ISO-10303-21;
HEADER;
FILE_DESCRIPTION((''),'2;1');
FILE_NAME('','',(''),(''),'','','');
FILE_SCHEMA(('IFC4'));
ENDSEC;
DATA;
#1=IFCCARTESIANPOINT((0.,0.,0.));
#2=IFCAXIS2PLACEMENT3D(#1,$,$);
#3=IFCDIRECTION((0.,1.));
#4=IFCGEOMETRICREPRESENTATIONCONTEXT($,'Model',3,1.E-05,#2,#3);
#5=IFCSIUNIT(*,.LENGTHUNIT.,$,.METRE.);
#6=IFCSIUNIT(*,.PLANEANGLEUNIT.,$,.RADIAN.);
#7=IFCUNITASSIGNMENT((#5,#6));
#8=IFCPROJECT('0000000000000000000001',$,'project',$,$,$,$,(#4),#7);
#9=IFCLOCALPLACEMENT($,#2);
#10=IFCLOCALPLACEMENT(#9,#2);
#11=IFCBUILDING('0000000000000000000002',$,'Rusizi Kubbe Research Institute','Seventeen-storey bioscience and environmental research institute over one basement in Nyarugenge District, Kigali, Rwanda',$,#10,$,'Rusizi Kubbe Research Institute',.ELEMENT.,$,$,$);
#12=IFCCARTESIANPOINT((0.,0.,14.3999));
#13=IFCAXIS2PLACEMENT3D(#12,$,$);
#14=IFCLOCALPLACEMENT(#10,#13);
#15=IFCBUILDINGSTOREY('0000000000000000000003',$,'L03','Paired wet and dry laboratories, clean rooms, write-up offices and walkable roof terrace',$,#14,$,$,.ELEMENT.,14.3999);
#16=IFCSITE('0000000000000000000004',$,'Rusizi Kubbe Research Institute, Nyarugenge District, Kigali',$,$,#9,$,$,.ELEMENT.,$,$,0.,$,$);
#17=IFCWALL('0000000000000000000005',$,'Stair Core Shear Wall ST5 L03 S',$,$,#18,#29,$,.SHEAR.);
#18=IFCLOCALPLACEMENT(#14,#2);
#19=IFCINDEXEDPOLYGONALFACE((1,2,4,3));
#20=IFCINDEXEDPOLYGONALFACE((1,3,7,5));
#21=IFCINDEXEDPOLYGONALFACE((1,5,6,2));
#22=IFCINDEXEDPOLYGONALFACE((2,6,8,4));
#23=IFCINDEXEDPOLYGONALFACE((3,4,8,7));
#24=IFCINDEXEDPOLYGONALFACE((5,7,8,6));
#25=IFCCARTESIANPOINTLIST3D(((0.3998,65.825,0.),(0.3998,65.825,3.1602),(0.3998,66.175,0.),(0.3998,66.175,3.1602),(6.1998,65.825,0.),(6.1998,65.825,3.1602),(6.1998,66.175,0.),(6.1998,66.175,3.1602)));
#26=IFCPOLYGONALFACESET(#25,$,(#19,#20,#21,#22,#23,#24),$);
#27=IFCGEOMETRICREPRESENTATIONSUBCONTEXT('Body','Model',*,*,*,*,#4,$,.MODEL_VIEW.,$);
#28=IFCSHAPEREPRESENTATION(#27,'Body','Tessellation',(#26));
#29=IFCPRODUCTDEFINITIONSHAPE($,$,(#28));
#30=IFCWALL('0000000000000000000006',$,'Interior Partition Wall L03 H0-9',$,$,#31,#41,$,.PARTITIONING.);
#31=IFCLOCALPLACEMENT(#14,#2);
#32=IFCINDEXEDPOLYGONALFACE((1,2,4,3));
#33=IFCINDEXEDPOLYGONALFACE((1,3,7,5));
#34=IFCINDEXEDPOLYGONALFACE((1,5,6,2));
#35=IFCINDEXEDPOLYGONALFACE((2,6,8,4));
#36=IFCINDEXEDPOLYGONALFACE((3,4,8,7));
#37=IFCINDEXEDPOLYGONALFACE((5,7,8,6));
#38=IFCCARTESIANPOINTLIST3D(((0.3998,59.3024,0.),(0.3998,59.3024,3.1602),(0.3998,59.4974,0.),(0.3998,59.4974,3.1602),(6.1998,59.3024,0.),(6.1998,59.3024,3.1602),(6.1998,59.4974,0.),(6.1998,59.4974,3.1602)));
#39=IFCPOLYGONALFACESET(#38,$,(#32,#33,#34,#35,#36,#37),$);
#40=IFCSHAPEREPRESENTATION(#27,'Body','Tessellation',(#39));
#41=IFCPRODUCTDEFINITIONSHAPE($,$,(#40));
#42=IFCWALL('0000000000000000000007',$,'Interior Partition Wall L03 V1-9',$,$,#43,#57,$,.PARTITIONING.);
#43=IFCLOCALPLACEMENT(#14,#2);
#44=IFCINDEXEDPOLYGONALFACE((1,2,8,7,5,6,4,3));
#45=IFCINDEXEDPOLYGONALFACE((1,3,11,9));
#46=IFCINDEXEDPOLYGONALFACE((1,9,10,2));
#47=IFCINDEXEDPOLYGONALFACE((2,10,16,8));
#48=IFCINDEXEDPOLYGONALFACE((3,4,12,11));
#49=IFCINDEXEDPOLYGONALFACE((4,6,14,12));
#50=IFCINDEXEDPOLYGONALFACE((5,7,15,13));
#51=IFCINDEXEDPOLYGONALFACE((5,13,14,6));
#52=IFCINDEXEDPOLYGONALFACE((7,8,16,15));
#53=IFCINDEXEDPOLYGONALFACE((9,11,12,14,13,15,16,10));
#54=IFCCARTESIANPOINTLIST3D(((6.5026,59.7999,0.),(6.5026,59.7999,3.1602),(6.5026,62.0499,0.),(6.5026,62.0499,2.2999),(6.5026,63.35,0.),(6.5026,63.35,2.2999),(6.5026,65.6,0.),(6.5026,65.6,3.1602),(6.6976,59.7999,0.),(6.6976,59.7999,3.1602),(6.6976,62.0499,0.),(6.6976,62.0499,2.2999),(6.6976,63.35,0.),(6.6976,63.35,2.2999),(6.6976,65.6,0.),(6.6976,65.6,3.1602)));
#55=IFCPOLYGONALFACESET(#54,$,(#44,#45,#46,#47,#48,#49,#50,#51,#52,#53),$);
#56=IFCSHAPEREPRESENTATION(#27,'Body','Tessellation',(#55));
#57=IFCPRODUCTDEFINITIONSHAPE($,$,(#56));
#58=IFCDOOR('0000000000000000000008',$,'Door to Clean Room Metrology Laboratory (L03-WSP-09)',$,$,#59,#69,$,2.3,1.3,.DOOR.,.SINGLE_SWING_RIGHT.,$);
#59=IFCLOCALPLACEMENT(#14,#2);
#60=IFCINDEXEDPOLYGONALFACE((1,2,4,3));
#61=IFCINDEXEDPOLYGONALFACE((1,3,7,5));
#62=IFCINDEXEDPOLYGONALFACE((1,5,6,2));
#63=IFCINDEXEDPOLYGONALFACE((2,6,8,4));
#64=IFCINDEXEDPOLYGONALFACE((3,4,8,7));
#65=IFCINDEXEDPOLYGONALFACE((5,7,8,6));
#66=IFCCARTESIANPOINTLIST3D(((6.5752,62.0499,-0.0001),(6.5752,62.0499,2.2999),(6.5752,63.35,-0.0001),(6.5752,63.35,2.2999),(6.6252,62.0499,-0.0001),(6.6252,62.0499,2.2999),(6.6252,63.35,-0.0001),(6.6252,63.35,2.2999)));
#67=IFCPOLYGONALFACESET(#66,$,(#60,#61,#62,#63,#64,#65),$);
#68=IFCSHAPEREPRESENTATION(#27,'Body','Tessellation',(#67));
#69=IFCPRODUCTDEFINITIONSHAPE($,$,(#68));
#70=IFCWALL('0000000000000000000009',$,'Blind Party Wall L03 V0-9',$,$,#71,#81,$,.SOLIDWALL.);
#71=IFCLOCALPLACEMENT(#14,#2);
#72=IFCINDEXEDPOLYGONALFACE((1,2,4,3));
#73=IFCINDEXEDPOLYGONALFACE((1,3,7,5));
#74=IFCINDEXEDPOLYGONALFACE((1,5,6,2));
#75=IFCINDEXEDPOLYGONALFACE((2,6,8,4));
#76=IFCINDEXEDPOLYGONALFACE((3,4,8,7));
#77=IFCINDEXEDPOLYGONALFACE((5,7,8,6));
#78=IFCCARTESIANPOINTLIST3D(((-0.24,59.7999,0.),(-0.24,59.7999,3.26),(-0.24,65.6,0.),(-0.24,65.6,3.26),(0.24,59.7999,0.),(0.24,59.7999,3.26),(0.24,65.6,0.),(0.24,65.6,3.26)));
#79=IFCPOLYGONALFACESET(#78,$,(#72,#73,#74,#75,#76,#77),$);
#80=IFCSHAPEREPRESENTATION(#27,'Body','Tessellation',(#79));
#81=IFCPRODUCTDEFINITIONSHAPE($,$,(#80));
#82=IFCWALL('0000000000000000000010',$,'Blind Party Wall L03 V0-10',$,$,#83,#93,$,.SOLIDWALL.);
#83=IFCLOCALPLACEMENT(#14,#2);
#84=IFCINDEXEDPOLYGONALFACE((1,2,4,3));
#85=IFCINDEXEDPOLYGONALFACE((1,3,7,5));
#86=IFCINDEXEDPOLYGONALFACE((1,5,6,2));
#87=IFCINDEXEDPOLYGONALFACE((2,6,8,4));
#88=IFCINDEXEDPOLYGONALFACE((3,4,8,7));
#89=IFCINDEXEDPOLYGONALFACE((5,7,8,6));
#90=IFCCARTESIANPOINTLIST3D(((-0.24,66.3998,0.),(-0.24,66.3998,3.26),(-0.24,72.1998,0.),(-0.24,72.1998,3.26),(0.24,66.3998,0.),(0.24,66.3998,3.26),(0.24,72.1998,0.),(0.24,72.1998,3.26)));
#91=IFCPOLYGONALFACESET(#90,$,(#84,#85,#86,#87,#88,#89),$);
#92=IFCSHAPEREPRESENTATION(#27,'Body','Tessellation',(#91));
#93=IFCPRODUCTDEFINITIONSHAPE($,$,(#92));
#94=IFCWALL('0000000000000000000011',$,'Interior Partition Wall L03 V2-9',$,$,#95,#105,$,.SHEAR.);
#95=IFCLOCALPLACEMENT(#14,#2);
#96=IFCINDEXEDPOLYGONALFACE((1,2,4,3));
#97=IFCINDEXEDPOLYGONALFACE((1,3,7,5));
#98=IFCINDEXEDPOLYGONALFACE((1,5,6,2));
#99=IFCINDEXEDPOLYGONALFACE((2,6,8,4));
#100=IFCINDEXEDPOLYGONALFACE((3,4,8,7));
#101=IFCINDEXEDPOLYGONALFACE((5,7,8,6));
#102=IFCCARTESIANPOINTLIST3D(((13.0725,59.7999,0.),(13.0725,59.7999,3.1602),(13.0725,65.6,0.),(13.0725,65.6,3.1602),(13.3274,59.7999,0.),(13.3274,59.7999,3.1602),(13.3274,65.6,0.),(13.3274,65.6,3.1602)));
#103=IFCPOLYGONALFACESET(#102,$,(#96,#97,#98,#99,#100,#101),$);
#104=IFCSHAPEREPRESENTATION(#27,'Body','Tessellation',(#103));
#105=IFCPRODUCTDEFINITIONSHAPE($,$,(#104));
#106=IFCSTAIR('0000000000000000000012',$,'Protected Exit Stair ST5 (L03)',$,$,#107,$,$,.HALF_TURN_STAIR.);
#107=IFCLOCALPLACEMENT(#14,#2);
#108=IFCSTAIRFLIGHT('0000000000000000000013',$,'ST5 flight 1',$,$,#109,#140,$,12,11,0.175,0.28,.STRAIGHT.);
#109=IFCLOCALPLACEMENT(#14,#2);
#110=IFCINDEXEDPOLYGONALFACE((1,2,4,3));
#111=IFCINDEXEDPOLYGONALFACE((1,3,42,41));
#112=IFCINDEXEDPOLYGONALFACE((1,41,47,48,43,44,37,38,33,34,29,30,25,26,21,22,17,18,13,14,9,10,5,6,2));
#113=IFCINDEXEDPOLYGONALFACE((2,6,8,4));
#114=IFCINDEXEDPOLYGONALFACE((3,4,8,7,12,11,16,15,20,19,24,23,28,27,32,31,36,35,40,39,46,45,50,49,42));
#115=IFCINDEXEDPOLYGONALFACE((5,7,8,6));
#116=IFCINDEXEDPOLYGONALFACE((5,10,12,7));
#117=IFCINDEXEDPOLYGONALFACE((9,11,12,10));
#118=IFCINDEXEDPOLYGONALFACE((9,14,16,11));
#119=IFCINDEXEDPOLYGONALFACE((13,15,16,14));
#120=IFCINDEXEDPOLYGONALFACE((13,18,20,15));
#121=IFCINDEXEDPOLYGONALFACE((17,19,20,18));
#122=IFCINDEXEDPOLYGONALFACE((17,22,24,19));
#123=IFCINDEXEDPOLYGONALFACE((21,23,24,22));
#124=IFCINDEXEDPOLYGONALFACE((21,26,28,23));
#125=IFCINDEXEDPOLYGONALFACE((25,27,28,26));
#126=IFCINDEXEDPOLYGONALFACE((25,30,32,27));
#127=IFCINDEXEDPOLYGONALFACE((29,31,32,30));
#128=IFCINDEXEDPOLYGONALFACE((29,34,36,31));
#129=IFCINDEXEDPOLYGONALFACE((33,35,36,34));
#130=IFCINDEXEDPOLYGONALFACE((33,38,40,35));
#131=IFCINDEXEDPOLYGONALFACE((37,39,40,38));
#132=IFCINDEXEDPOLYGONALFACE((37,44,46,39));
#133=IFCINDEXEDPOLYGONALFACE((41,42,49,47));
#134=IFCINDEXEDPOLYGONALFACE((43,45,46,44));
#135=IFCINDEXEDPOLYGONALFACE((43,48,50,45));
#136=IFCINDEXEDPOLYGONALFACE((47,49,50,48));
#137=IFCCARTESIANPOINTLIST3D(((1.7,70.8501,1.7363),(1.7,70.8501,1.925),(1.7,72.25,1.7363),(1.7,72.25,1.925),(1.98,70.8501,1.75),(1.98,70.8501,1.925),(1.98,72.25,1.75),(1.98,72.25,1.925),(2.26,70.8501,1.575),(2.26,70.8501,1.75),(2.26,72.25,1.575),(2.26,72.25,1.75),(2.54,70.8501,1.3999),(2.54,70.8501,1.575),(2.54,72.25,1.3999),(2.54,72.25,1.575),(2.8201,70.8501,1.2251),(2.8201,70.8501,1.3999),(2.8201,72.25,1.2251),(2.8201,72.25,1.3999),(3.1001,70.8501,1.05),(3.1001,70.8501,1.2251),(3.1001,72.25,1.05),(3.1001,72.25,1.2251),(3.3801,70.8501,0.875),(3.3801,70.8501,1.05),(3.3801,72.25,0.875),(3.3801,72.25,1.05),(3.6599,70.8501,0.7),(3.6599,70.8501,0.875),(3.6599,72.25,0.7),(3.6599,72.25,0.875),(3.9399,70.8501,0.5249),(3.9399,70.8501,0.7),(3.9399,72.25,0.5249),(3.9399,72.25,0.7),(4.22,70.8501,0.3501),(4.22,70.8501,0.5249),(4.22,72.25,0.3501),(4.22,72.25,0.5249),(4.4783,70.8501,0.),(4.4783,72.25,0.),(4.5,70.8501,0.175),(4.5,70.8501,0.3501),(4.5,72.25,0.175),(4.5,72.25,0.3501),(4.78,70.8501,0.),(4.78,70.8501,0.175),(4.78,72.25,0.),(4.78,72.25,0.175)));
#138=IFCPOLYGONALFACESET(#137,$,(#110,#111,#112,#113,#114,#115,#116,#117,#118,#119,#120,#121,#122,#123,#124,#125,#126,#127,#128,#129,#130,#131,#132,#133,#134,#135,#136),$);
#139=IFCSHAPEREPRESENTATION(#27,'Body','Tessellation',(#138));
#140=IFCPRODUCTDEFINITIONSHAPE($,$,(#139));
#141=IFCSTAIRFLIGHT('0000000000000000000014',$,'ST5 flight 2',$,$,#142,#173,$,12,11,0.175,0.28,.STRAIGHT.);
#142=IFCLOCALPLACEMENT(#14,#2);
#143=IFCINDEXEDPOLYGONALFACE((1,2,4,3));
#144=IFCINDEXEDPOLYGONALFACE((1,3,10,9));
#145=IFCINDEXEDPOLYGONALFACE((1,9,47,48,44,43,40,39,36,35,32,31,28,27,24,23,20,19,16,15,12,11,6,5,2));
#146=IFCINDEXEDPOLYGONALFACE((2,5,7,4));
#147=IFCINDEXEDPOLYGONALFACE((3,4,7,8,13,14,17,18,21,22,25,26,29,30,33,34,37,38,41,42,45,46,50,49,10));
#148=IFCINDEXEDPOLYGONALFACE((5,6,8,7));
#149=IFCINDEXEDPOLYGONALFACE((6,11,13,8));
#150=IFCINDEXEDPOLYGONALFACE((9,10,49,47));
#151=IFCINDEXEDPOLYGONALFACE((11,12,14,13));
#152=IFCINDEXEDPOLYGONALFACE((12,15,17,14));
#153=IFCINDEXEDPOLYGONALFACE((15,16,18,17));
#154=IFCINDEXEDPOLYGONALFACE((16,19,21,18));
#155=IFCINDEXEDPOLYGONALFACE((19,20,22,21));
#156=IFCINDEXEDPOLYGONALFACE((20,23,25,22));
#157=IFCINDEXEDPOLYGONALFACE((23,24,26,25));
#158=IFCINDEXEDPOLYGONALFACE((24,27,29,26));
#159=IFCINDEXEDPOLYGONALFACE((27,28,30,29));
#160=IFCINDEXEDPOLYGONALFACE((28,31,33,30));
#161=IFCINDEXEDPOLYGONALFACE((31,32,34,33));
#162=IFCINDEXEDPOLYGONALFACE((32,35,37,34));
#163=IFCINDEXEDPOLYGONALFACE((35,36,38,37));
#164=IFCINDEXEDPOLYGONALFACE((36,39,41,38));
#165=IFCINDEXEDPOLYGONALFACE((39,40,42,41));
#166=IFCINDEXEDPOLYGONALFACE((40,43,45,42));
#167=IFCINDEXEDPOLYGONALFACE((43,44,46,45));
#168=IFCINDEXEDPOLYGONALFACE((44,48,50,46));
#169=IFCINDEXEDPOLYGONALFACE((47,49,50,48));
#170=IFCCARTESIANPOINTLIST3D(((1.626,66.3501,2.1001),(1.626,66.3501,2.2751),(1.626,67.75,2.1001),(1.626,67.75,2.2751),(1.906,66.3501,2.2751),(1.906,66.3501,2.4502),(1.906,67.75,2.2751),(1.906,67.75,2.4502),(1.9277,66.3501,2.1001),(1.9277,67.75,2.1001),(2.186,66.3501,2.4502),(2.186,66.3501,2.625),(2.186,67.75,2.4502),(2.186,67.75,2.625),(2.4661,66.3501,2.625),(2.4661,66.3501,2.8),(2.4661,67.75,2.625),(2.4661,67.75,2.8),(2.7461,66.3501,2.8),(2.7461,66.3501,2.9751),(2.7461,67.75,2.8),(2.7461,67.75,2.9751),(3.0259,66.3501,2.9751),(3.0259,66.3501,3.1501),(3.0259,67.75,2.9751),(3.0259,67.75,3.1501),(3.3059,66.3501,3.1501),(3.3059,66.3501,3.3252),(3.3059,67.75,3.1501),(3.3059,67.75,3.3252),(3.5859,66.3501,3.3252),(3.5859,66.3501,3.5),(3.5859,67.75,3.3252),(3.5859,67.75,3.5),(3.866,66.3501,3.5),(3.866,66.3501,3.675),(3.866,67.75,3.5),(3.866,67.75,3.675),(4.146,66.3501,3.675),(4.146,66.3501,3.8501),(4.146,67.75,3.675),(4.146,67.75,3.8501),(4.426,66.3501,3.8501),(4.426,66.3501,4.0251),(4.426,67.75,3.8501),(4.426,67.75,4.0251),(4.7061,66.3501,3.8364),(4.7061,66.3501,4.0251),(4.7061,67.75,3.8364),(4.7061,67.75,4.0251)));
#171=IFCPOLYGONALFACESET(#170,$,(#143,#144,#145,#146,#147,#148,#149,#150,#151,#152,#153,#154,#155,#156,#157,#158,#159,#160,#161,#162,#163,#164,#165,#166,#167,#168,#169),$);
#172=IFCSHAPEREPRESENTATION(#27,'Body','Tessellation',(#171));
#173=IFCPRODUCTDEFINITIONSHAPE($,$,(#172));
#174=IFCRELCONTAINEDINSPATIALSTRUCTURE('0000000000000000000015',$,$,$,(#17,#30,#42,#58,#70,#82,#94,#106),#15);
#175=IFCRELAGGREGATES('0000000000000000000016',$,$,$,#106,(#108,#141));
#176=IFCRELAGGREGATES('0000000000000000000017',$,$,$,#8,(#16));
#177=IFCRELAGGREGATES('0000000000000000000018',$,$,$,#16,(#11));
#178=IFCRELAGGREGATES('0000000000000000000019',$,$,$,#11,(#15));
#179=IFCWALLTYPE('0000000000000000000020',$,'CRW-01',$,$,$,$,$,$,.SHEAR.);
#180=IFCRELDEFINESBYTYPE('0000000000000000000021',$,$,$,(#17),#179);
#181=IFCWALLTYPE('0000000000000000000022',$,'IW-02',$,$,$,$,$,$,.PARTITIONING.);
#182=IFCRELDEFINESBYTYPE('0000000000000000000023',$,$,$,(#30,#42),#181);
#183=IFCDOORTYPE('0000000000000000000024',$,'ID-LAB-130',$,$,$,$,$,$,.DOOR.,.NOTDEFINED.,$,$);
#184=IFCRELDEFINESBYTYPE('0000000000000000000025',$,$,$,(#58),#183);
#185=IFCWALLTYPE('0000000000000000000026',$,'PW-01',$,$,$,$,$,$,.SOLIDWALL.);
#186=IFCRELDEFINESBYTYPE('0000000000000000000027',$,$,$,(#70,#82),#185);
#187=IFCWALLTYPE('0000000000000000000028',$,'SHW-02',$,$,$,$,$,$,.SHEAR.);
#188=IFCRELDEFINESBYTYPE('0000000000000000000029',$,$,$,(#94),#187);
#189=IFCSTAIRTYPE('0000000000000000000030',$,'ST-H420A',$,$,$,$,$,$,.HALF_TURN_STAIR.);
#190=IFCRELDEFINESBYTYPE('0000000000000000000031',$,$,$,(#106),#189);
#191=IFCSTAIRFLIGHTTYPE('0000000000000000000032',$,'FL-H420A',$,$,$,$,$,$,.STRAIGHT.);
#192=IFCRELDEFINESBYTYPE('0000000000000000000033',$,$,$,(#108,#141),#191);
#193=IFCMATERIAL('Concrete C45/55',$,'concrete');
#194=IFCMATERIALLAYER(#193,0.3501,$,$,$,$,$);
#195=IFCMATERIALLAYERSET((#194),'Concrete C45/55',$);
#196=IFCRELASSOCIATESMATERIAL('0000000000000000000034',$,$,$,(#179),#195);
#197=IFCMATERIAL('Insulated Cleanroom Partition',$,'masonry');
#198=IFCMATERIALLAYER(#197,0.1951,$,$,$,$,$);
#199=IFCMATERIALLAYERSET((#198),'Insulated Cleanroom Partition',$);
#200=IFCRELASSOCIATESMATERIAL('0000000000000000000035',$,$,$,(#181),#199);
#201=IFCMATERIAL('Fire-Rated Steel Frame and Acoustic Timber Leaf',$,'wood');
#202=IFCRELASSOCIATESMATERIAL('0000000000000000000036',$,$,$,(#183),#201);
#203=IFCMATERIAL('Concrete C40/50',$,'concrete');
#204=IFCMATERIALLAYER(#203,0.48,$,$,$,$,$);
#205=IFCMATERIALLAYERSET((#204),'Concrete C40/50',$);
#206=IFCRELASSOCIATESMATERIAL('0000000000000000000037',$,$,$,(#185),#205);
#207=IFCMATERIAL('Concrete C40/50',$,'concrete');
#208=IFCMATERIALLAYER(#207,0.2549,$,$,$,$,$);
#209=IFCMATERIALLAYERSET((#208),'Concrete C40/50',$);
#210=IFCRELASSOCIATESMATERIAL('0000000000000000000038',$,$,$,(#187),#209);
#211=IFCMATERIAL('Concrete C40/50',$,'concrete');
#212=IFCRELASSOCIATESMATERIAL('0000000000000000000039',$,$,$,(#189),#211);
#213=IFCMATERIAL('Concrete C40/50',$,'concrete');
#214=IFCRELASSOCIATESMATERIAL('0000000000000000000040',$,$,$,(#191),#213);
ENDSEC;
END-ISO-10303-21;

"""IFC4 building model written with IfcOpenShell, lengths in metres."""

from ifc_helpers import new_model, si_unit, direction, frame, frame_2d, origin, place, context, subcontext, project, spatial, polyline, rectangle, outline, extrude, material, layer, layer_set, type_object, element, fill, aggregate, save


model = new_model("IFC4")

# Units and contexts
model_context = context("Model", 3, precision=1e-05, world=origin(), true_north=direction((0.0, 1.0)))
body_context = subcontext(model_context, "Body", "Model", "MODEL_VIEW")
ifc_project = project(units=[si_unit("LENGTHUNIT", "METRE"), si_unit("PLANEANGLEUNIT", "RADIAN")], contexts=[model_context])

# Site, building, storey
site_placement = place(None, origin())
site = spatial("IfcSite", under=ifc_project, at=site_placement, Name="Rusizi Kubbe Research Institute, Nyarugenge District, Kigali", CompositionType="ELEMENT", RefElevation=0.0)
building_placement = place(site_placement, origin())
building = spatial("IfcBuilding", under=site, at=building_placement, Name="Rusizi Kubbe Research Institute", Description="Seventeen-storey bioscience and environmental research institute over one basement in Nyarugenge District, Kigali, Rwanda", LongName="Rusizi Kubbe Research Institute", CompositionType="ELEMENT")
storey_placement = place(building_placement, frame((0.0, 0.0, 14.3999)))
storey = spatial("IfcBuildingStorey", under=building, at=storey_placement, Name="L03", Description="Paired wet and dry laboratories, clean rooms, write-up offices and walkable roof terrace", CompositionType="ELEMENT", Elevation=14.3999)

# Wall
ifc_material_1 = material(Name="Concrete C45/55", Category="concrete")
ifc_layer_1 = layer(ifc_material_1, 0.3501)
ifc_layer_set_1 = layer_set([ifc_layer_1], Name="Concrete C45/55")
wall_type_1 = type_object("IfcWallType", Name="CRW-01", PredefinedType="SHEAR", material=ifc_layer_set_1)
wall_1_placement = place(storey_placement, frame((0.3999, 66.0, 0.0), z_axis=(0.0, 0.0, 1.0), x_axis=(1.0, 0.0, 0.0)))
element("IfcWall", 1, at=wall_1_placement, inside=storey, type_object=wall_type_1, Name="Stair Core Shear Wall ST5 L03 S", PredefinedType="SHEAR", context=body_context, shape_type="SweptSolid", body=[
    extrude(rectangle(XDim=5.8, YDim=0.3501, at=frame_2d((2.8999, 0.0))), origin(), (0.0, 0.0, 1.0), 3.1602),
])

# Wall
ifc_material_2 = material(Name="Insulated Cleanroom Partition", Category="masonry")
ifc_layer_2 = layer(ifc_material_2, 0.1951)
ifc_layer_set_2 = layer_set([ifc_layer_2], Name="Insulated Cleanroom Partition")
wall_type_2 = type_object("IfcWallType", Name="IW-02", PredefinedType="PARTITIONING", material=ifc_layer_set_2)
wall_2_placement = place(storey_placement, frame((0.3999, 59.3999, 0.0), z_axis=(0.0, 0.0, 1.0), x_axis=(1.0, 0.0, 0.0)))
element("IfcWall", 2, at=wall_2_placement, inside=storey, type_object=wall_type_2, Name="Interior Partition Wall L03 H0-9", PredefinedType="PARTITIONING", context=body_context, shape_type="SweptSolid", body=[
    extrude(rectangle(XDim=5.8, YDim=0.1951, at=frame_2d((2.8999, 0.0))), origin(), (0.0, 0.0, 1.0), 3.1602),
])

# Wall, opening, door
wall_3_placement = place(storey_placement, frame((6.6001, 59.8, 0.0), z_axis=(0.0, 0.0, 1.0), x_axis=(0.0, 1.0, 0.0)))
wall_3 = element("IfcWall", 3, at=wall_3_placement, inside=storey, type_object=wall_type_2, Name="Interior Partition Wall L03 V1-9", PredefinedType="PARTITIONING", context=body_context, shape_type="SweptSolid", body=[
    extrude(rectangle(XDim=5.8, YDim=0.1951, at=frame_2d((2.8999, 0.0))), origin(), (0.0, 0.0, 1.0), 3.1602),
])
opening_1_placement = place(wall_3_placement, frame((2.25, 0.0, 0.0)))
opening_1 = element("IfcOpeningElement", 4, at=opening_1_placement, cuts=wall_3, PredefinedType="OPENING", context=body_context, shape_type="SweptSolid", body=[
    extrude(rectangle(XDim=1.3, YDim=2.3, at=frame_2d((0.6499, 1.1499))), frame((0.0, 0.1074, 0.0), z_axis=(0.0, -1.0, 0.0), x_axis=(1.0, 0.0, 0.0)), (0.0, 0.0, 1.0), 0.2151),
])
ifc_material_3 = material(Name="Fire-Rated Steel Frame and Acoustic Timber Leaf", Category="wood")
door_type_1 = type_object("IfcDoorType", Name="ID-LAB-130", OperationType="NOTDEFINED", PredefinedType="DOOR", material=ifc_material_3)
door_1_placement = place(opening_1_placement, origin())
door_1 = element("IfcDoor", 5, at=door_1_placement, inside=storey, type_object=door_type_1, Name="Door to Clean Room Metrology Laboratory (L03-WSP-09)", OperationType="SINGLE_SWING_RIGHT", OverallHeight=2.3, OverallWidth=1.3, PredefinedType="DOOR", context=body_context, shape_type="SweptSolid", body=[
    extrude(rectangle(XDim=1.3, YDim=2.3, at=frame_2d((0.6499, 1.1499))), frame((0.0, 0.0249, 0.0), z_axis=(0.0, -1.0, 0.0), x_axis=(1.0, 0.0, 0.0)), (0.0, 0.0, 1.0), 0.05),
])
fill(opening_1, door_1)

# Walls
ifc_material_4 = material(Name="Concrete C40/50", Category="concrete")
ifc_layer_3 = layer(ifc_material_4, 0.48)
ifc_layer_set_3 = layer_set([ifc_layer_3], Name="Concrete C40/50")
wall_type_3 = type_object("IfcWallType", Name="PW-01", PredefinedType="SOLIDWALL", material=ifc_layer_set_3)
for number, where, z_axis, x_axis, name in (
    (6, (0.0, 59.8, 0.0), (0.0, 0.0, 1.0), (0.0, 1.0, 0.0), "Blind Party Wall L03 V0-9"),
    (7, (0.0, 66.3999, 0.0), (0.0, 0.0, 1.0), (0.0, 1.0, 0.0), "Blind Party Wall L03 V0-10"),
):
    element("IfcWall", number, at=place(storey_placement, frame(where, z_axis=z_axis, x_axis=x_axis)), inside=storey, type_object=wall_type_3, Name=name, PredefinedType="SOLIDWALL", context=body_context, shape_type="SweptSolid", body=[
        extrude(rectangle(XDim=5.8, YDim=0.48, at=frame_2d((2.8999, 0.0))), origin(), (0.0, 0.0, 1.0), 3.26),
    ])
ifc_material_5 = material(Name="Concrete C40/50", Category="concrete")
ifc_layer_4 = layer(ifc_material_5, 0.2549)
ifc_layer_set_4 = layer_set([ifc_layer_4], Name="Concrete C40/50")
wall_type_4 = type_object("IfcWallType", Name="SHW-02", PredefinedType="SHEAR", material=ifc_layer_set_4)
wall_4_placement = place(storey_placement, frame((13.2, 59.8, 0.0), z_axis=(0.0, 0.0, 1.0), x_axis=(0.0, 1.0, 0.0)))
element("IfcWall", 8, at=wall_4_placement, inside=storey, type_object=wall_type_4, Name="Interior Partition Wall L03 V2-9", PredefinedType="SHEAR", context=body_context, shape_type="SweptSolid", body=[
    extrude(rectangle(XDim=5.8, YDim=0.2549, at=frame_2d((2.8999, 0.0))), origin(), (0.0, 0.0, 1.0), 3.1602),
])

# Stair, stair flights
ifc_material_6 = material(Name="Concrete C40/50", Category="concrete")
stair_type = type_object("IfcStairType", Name="ST-H420A", PredefinedType="HALF_TURN_STAIR", material=ifc_material_6)
stair_placement = place(storey_placement, origin())
stair = element("IfcStair", 9, at=stair_placement, inside=storey, type_object=stair_type, Name="Protected Exit Stair ST5 (L03)", PredefinedType="HALF_TURN_STAIR")
ifc_material_7 = material(Name="Concrete C40/50", Category="concrete")
stair_flight_type = type_object("IfcStairFlightType", Name="FL-H420A", PredefinedType="STRAIGHT", material=ifc_material_7)
stair_flight_1_placement = place(storey_placement, frame((4.78, 71.55, 0.0), z_axis=(0.0, 0.0, 1.0), x_axis=(-1.0, 0.0, 0.0)))
stair_flight_1 = element("IfcStairFlight", 10, at=stair_flight_1_placement, type_object=stair_flight_type, Name="ST5 flight 1", NumberOfRisers=12, NumberOfTreads=11, PredefinedType="STRAIGHT", RiserHeight=0.175, TreadLength=0.28, context=body_context, shape_type="SweptSolid", body=[
    extrude(outline(polyline([(0.0, 0.0), (0.0, 0.175), (0.28, 0.175), (0.28, 0.3501), (0.5601, 0.3501), (0.5601, 0.5249), (0.8401, 0.5249), (0.8401, 0.7), (1.1201, 0.7), (1.1201, 0.875), (1.3999, 0.875), (1.3999, 1.05), (1.6799, 1.05), (1.6799, 1.2251), (1.96, 1.2251), (1.96, 1.3999), (2.24, 1.3999), (2.24, 1.575), (2.52, 1.575), (2.52, 1.75), (2.8, 1.75), (2.8, 1.925), (3.0801, 1.925), (3.0801, 2.1001), (3.0801, 1.7363), (0.3018, 0.0), (0.0, 0.0)])), frame((0.0, 0.7, 0.0), z_axis=(0.0, -1.0, 0.0), x_axis=(1.0, 0.0, 0.0)), (0.0, 0.0, 1.0), 1.3999),
])
stair_flight_2_placement = place(storey_placement, frame((1.626, 67.05, 2.1001), z_axis=(0.0, 0.0, 1.0), x_axis=(1.0, 0.0, 0.0)))
stair_flight_2 = element("IfcStairFlight", 11, at=stair_flight_2_placement, type_object=stair_flight_type, Name="ST5 flight 2", NumberOfRisers=12, NumberOfTreads=11, PredefinedType="STRAIGHT", RiserHeight=0.175, TreadLength=0.28, context=body_context, shape_type="SweptSolid", body=[
    extrude(outline(polyline([(0.0, 0.0), (0.0, 0.175), (0.28, 0.175), (0.28, 0.3501), (0.5601, 0.3501), (0.5601, 0.5249), (0.8401, 0.5249), (0.8401, 0.7), (1.1201, 0.7), (1.1201, 0.875), (1.3999, 0.875), (1.3999, 1.05), (1.6799, 1.05), (1.6799, 1.2251), (1.96, 1.2251), (1.96, 1.3999), (2.24, 1.3999), (2.24, 1.575), (2.52, 1.575), (2.52, 1.75), (2.8, 1.75), (2.8, 1.925), (3.0801, 1.925), (3.0801, 2.1001), (3.0801, 1.7363), (0.3018, 0.0), (0.0, 0.0)])), frame((0.0, 0.7, 0.0), z_axis=(0.0, -1.0, 0.0), x_axis=(1.0, 0.0, 0.0)), (0.0, 0.0, 1.0), 1.3999),
])
aggregate(stair, [stair_flight_1, stair_flight_2])

save(model, "model.ifc")
